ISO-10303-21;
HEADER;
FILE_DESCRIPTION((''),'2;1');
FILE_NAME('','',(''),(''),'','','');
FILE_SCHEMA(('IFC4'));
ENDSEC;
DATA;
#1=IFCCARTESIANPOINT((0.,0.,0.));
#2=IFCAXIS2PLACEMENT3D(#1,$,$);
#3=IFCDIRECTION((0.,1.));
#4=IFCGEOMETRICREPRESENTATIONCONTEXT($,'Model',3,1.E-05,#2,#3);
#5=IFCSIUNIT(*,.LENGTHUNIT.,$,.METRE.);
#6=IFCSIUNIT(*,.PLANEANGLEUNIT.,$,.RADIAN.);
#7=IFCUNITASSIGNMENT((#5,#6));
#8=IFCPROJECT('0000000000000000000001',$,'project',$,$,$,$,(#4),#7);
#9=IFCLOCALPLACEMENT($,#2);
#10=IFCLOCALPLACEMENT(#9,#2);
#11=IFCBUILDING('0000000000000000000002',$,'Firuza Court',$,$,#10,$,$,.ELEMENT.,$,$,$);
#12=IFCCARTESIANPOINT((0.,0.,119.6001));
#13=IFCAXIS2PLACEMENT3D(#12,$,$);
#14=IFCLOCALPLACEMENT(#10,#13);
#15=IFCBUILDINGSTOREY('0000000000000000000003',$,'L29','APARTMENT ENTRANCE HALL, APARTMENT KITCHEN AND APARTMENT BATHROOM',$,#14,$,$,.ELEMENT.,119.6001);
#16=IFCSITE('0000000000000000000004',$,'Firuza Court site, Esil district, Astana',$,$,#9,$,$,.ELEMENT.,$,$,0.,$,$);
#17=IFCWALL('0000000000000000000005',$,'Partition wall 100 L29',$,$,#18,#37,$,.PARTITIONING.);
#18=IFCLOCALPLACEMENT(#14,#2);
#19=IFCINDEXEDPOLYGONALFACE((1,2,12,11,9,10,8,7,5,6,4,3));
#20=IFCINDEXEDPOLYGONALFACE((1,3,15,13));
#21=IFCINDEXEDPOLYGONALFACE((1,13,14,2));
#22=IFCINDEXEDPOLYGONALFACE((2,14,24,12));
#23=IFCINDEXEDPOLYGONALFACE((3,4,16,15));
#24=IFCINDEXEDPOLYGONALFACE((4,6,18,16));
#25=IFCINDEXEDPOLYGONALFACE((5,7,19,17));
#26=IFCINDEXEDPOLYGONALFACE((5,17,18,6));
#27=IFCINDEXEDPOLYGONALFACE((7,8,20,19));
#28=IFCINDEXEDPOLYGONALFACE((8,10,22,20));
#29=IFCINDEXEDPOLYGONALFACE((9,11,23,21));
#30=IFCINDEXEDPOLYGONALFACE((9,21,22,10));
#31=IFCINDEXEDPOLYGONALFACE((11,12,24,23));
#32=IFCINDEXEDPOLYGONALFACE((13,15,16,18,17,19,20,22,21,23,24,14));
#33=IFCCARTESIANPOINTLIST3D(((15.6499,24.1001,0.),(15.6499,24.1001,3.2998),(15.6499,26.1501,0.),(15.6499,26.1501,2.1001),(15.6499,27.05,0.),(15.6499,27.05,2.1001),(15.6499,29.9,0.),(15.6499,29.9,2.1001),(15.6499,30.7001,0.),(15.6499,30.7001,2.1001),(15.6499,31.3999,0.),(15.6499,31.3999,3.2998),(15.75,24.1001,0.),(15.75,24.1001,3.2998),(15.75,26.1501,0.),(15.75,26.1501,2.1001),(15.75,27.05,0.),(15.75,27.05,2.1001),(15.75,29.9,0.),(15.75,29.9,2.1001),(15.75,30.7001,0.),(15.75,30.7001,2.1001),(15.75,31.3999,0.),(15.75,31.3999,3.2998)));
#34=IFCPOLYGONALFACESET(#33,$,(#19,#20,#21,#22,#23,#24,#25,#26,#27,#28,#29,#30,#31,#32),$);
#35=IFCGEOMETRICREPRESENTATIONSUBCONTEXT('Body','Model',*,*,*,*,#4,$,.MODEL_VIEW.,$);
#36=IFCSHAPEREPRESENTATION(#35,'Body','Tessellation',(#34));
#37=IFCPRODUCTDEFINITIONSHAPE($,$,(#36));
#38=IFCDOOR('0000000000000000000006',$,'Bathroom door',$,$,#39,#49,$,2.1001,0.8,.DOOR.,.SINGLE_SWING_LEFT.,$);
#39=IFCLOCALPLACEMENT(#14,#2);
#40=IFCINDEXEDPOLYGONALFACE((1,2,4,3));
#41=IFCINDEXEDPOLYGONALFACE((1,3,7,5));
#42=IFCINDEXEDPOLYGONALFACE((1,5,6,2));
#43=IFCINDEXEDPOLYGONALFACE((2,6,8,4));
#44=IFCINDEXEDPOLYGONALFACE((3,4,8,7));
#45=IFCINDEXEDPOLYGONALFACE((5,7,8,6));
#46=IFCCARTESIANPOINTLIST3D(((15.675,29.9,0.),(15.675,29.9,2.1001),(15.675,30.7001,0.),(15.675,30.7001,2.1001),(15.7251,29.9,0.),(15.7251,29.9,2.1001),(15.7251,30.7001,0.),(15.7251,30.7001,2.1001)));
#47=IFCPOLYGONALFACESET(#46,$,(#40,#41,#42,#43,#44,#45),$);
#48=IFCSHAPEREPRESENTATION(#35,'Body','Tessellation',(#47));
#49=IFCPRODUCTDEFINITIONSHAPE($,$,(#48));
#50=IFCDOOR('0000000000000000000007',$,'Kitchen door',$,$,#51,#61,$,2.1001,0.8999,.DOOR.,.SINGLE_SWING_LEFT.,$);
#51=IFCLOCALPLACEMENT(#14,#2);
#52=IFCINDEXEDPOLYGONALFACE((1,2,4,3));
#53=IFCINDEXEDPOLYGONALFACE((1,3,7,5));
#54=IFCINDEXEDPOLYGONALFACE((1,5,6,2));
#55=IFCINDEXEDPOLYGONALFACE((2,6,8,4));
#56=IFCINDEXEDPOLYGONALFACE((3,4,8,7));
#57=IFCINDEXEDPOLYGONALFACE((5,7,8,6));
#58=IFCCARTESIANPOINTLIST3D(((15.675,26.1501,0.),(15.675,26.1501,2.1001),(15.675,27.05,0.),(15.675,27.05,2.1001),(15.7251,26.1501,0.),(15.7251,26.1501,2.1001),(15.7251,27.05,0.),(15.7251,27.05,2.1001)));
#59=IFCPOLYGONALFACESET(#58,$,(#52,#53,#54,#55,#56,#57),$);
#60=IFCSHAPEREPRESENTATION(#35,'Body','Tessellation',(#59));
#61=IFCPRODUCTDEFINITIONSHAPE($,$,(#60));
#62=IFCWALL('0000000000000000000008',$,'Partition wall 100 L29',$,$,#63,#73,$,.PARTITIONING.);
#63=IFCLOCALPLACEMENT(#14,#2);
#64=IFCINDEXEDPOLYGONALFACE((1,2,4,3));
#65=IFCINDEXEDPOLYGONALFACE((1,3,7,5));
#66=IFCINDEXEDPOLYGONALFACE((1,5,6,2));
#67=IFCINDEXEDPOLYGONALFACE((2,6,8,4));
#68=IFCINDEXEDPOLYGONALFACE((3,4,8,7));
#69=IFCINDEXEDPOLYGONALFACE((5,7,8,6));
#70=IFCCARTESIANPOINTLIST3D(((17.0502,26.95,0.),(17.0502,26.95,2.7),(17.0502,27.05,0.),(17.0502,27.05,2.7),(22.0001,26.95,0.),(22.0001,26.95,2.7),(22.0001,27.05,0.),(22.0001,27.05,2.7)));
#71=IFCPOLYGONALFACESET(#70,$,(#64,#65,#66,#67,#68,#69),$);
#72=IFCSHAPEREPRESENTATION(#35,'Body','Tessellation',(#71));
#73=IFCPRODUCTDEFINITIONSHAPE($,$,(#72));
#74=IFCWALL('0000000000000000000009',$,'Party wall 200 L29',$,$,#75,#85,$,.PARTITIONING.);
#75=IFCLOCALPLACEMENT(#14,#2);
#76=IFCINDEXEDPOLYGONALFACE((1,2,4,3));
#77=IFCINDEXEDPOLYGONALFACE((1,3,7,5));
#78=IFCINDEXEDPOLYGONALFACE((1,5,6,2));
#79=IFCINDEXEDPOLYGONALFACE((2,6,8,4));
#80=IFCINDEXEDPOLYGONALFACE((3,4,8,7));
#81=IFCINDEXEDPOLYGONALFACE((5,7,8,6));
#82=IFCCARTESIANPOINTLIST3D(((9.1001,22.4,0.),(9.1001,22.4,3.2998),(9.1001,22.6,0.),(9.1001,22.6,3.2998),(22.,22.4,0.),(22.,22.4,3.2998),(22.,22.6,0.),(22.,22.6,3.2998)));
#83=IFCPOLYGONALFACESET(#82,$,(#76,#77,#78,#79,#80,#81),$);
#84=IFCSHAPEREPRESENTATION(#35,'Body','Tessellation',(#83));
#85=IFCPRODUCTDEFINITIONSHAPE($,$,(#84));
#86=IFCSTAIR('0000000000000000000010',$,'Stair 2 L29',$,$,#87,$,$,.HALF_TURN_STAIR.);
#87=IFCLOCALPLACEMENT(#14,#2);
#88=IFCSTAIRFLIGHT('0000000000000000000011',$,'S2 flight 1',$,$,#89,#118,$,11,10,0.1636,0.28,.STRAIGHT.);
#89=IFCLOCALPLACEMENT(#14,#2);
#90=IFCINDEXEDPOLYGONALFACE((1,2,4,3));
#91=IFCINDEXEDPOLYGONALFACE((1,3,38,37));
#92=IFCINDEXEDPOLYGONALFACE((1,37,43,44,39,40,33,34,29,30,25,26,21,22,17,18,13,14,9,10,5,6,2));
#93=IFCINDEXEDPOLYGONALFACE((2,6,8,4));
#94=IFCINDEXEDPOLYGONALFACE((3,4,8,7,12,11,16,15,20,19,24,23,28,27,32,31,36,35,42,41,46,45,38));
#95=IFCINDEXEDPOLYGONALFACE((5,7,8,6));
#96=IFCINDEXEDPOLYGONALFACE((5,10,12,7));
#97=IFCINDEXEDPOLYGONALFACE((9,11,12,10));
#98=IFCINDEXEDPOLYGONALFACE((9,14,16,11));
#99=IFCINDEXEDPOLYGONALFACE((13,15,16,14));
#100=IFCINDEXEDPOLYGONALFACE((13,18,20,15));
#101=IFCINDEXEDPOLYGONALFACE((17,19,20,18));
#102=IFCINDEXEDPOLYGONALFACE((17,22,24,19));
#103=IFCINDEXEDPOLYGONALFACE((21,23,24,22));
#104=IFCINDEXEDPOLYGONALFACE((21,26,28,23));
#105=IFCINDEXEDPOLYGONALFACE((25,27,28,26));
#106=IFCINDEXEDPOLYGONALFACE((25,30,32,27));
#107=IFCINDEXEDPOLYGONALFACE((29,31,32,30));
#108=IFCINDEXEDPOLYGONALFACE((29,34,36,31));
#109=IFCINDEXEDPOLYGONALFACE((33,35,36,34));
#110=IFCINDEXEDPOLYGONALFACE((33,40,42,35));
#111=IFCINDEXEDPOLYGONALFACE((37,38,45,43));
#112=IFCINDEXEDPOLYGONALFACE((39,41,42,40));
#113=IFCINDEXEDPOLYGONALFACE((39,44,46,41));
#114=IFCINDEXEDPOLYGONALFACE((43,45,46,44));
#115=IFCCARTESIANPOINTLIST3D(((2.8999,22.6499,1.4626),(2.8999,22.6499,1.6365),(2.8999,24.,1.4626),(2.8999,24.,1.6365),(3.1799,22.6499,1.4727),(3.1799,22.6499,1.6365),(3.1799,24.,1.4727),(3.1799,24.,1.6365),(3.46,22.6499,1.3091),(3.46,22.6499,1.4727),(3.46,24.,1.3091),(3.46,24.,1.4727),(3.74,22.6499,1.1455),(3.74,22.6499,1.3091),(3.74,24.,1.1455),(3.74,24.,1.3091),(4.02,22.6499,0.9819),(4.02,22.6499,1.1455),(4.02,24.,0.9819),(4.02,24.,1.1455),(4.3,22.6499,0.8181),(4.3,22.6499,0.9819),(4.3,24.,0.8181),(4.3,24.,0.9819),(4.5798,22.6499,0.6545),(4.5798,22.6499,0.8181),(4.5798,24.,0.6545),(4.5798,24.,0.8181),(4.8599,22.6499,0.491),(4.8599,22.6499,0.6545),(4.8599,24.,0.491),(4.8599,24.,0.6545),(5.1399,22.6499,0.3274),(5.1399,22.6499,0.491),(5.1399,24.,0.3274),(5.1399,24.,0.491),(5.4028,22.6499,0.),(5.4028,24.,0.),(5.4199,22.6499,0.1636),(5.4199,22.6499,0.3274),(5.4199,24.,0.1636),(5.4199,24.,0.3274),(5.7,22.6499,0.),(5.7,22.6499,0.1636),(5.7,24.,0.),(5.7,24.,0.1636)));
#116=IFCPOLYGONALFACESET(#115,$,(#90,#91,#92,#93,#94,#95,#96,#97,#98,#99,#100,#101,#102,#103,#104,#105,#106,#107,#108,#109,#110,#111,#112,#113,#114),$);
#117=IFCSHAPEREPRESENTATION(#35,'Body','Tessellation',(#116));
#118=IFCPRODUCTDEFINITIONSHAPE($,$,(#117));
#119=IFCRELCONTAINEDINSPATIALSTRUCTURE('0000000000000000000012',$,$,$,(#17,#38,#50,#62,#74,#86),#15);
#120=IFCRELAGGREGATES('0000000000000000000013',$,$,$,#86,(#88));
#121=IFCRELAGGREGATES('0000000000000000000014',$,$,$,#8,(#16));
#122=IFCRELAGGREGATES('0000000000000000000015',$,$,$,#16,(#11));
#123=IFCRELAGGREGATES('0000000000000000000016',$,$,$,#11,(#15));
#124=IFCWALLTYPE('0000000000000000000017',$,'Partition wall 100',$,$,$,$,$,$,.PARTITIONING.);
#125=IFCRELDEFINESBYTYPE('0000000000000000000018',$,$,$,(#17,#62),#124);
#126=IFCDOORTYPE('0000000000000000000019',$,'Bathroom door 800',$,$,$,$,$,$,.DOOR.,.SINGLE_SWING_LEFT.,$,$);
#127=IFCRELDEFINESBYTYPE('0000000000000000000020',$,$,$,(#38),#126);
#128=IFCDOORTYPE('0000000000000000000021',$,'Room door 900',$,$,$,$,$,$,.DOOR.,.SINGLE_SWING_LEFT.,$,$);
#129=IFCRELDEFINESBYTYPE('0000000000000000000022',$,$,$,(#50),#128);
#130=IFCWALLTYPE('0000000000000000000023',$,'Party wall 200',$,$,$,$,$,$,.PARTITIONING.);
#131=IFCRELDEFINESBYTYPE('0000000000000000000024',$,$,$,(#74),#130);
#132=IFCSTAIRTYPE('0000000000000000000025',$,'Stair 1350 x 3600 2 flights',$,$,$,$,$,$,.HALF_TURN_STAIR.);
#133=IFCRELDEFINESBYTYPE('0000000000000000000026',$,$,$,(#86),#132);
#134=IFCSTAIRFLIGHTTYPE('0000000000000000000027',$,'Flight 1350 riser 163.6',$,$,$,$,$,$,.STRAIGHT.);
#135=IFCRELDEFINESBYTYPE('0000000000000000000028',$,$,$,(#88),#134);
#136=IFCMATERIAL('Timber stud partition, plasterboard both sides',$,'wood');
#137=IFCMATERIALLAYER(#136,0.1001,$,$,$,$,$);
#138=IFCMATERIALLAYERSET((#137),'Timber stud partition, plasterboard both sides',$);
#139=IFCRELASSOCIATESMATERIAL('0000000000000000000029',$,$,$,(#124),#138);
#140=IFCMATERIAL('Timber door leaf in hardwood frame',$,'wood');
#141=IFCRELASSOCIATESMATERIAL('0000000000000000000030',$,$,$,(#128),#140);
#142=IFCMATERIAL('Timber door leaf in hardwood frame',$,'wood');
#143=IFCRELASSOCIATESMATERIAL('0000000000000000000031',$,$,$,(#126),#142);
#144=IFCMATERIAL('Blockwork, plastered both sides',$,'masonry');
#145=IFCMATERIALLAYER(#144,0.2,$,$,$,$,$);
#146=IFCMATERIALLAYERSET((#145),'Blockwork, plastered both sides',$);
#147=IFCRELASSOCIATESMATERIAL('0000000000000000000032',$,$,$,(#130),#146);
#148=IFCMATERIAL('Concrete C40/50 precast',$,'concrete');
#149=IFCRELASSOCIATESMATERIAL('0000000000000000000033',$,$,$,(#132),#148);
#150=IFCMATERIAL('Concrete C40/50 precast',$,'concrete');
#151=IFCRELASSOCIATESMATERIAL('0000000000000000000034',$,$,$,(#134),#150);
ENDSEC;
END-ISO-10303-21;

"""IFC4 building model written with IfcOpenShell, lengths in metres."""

from ifc_helpers import new_model, si_unit, direction, frame, frame_2d, origin, place, context, subcontext, project, spatial, polyline, rectangle, outline, extrude, material, layer, layer_set, type_object, element, fill, aggregate, save


model = new_model("IFC4")

# Units and contexts
model_context = context("Model", 3, precision=1e-05, world=origin(), true_north=direction((0.0, 1.0)))
body_context = subcontext(model_context, "Body", "Model", "MODEL_VIEW")
ifc_project = project(units=[si_unit("LENGTHUNIT", "METRE"), si_unit("PLANEANGLEUNIT", "RADIAN")], contexts=[model_context])

# Site, building, storey
site_placement = place(None, origin())
site = spatial("IfcSite", under=ifc_project, at=site_placement, Name="Firuza Court site, Esil district, Astana", CompositionType="ELEMENT", RefElevation=0.0)
building_placement = place(site_placement, origin())
building = spatial("IfcBuilding", under=site, at=building_placement, Name="Firuza Court", CompositionType="ELEMENT")
storey_placement = place(building_placement, frame((0.0, 0.0, 119.6001)))
storey = spatial("IfcBuildingStorey", under=building, at=storey_placement, Name="L29", Description="APARTMENT ENTRANCE HALL, APARTMENT KITCHEN AND APARTMENT BATHROOM", CompositionType="ELEMENT", Elevation=119.6001)

# Shared definitions
ifc_material_1 = material(Name="Timber stud partition, plasterboard both sides", Category="wood")
ifc_layer_1 = layer(ifc_material_1, 0.1001)
ifc_layer_set_1 = layer_set([ifc_layer_1], Name="Timber stud partition, plasterboard both sides")
wall_type_1 = type_object("IfcWallType", Name="Partition wall 100", PredefinedType="PARTITIONING", material=ifc_layer_set_1)

# Shared definitions
ifc_material_2 = material(Name="Timber door leaf in hardwood frame", Category="wood")
door_type_1 = type_object("IfcDoorType", Name="Room door 900", OperationType="SINGLE_SWING_LEFT", PredefinedType="DOOR", material=ifc_material_2)

# Wall, openings, doors
wall_1_placement = place(storey_placement, frame((15.7, 24.1001, 0.0), z_axis=(0.0, 0.0, 1.0), x_axis=(0.0, 1.0, 0.0)))
wall_1 = element("IfcWall", 1, at=wall_1_placement, inside=storey, type_object=wall_type_1, Name="Partition wall 100 L29", PredefinedType="PARTITIONING", context=body_context, shape_type="SweptSolid", body=[
    extrude(rectangle(XDim=7.2998, YDim=0.1001, at=frame_2d((3.6499, 0.0))), origin(), (0.0, 0.0, 1.0), 3.2998),
])
opening_1_placement = place(wall_1_placement, frame((5.8, 0.0, 0.0)))
opening_1 = element("IfcOpeningElement", 2, at=opening_1_placement, cuts=wall_1, PredefinedType="OPENING", context=body_context, shape_type="SweptSolid", body=[
    extrude(rectangle(XDim=0.8, YDim=2.1001, at=frame_2d((0.3999, 1.05))), frame((0.0, 0.062, 0.0), z_axis=(0.0, -1.0, 0.0), x_axis=(1.0, 0.0, 0.0)), (0.0, 0.0, 1.0), 0.124),
])
opening_2_placement = place(wall_1_placement, frame((2.05, 0.0, 0.0)))
opening_2 = element("IfcOpeningElement", 3, at=opening_2_placement, cuts=wall_1, PredefinedType="OPENING", context=body_context, shape_type="SweptSolid", body=[
    extrude(rectangle(XDim=0.8999, YDim=2.1001, at=frame_2d((0.45, 1.05))), frame((0.0, 0.062, 0.0), z_axis=(0.0, -1.0, 0.0), x_axis=(1.0, 0.0, 0.0)), (0.0, 0.0, 1.0), 0.124),
])
ifc_material_3 = material(Name="Timber door leaf in hardwood frame", Category="wood")
door_type_2 = type_object("IfcDoorType", Name="Bathroom door 800", OperationType="SINGLE_SWING_LEFT", PredefinedType="DOOR", material=ifc_material_3)
door_1_placement = place(opening_1_placement, origin())
door_1 = element("IfcDoor", 4, at=door_1_placement, inside=storey, type_object=door_type_2, Name="Bathroom door", OperationType="SINGLE_SWING_LEFT", OverallHeight=2.1001, OverallWidth=0.8, PredefinedType="DOOR", context=body_context, shape_type="SweptSolid", body=[
    extrude(rectangle(XDim=0.8, YDim=2.1001, at=frame_2d((0.3999, 1.05))), frame((0.0, 0.0249, 0.0), z_axis=(0.0, -1.0, 0.0), x_axis=(1.0, 0.0, 0.0)), (0.0, 0.0, 1.0), 0.05),
])
fill(opening_1, door_1)
door_2_placement = place(opening_2_placement, origin())
door_2 = element("IfcDoor", 5, at=door_2_placement, inside=storey, type_object=door_type_1, Name="Kitchen door", OperationType="SINGLE_SWING_LEFT", OverallHeight=2.1001, OverallWidth=0.8999, PredefinedType="DOOR", context=body_context, shape_type="SweptSolid", body=[
    extrude(rectangle(XDim=0.8999, YDim=2.1001, at=frame_2d((0.45, 1.05))), frame((0.0, 0.0249, 0.0), z_axis=(0.0, -1.0, 0.0), x_axis=(1.0, 0.0, 0.0)), (0.0, 0.0, 1.0), 0.05),
])
fill(opening_2, door_2)

# Walls
wall_2_placement = place(storey_placement, frame((17.05, 27.0, 0.0), z_axis=(0.0, 0.0, 1.0), x_axis=(1.0, 0.0, 0.0)))
element("IfcWall", 6, at=wall_2_placement, inside=storey, type_object=wall_type_1, Name="Partition wall 100 L29", PredefinedType="PARTITIONING", context=body_context, shape_type="SweptSolid", body=[
    extrude(rectangle(XDim=4.95, YDim=0.1001, at=frame_2d((2.4751, 0.0))), origin(), (0.0, 0.0, 1.0), 2.7),
])
ifc_material_4 = material(Name="Blockwork, plastered both sides", Category="masonry")
ifc_layer_2 = layer(ifc_material_4, 0.2)
ifc_layer_set_2 = layer_set([ifc_layer_2], Name="Blockwork, plastered both sides")
wall_type_2 = type_object("IfcWallType", Name="Party wall 200", PredefinedType="PARTITIONING", material=ifc_layer_set_2)
wall_3_placement = place(storey_placement, frame((9.1001, 22.5, 0.0), z_axis=(0.0, 0.0, 1.0), x_axis=(1.0, 0.0, 0.0)))
element("IfcWall", 7, at=wall_3_placement, inside=storey, type_object=wall_type_2, Name="Party wall 200 L29", PredefinedType="PARTITIONING", context=body_context, shape_type="SweptSolid", body=[
    extrude(rectangle(XDim=12.8999, YDim=0.2, at=frame_2d((6.45, 0.0))), origin(), (0.0, 0.0, 1.0), 3.2998),
])

# Stair, stair flight
ifc_material_5 = material(Name="Concrete C40/50 precast", Category="concrete")
stair_type = type_object("IfcStairType", Name="Stair 1350 x 3600 2 flights", PredefinedType="HALF_TURN_STAIR", material=ifc_material_5)
stair_placement = place(storey_placement, origin())
stair = element("IfcStair", 8, at=stair_placement, inside=storey, type_object=stair_type, Name="Stair 2 L29", PredefinedType="HALF_TURN_STAIR")
ifc_material_6 = material(Name="Concrete C40/50 precast", Category="concrete")
stair_flight_type = type_object("IfcStairFlightType", Name="Flight 1350 riser 163.6", PredefinedType="STRAIGHT", material=ifc_material_6)
stair_flight_placement = place(storey_placement, frame((5.7, 23.325, 0.0), z_axis=(0.0, 0.0, 1.0), x_axis=(-1.0, 0.0, 0.0)))
stair_flight = element("IfcStairFlight", 9, at=stair_flight_placement, type_object=stair_flight_type, Name="S2 flight 1", NumberOfRisers=11, NumberOfTreads=10, PredefinedType="STRAIGHT", RiserHeight=0.1636, TreadLength=0.28, context=body_context, shape_type="SweptSolid", body=[
    extrude(outline(polyline([(0.0, 0.0), (0.0, 0.1636), (0.28, 0.1636), (0.28, 0.3274), (0.5601, 0.3274), (0.5601, 0.491), (0.8401, 0.491), (0.8401, 0.6545), (1.1201, 0.6545), (1.1201, 0.8181), (1.3999, 0.8181), (1.3999, 0.9819), (1.6799, 0.9819), (1.6799, 1.1455), (1.96, 1.1455), (1.96, 1.3091), (2.24, 1.3091), (2.24, 1.4727), (2.52, 1.4727), (2.52, 1.6365), (2.8, 1.6365), (2.8, 1.8), (2.8, 1.4626), (0.2971, 0.0), (0.0, 0.0)])), frame((0.0, 0.675, 0.0), z_axis=(0.0, -1.0, 0.0), x_axis=(1.0, 0.0, 0.0)), (0.0, 0.0, 1.0), 1.3501),
])
aggregate(stair, [stair_flight])

save(model, "model.ifc")
